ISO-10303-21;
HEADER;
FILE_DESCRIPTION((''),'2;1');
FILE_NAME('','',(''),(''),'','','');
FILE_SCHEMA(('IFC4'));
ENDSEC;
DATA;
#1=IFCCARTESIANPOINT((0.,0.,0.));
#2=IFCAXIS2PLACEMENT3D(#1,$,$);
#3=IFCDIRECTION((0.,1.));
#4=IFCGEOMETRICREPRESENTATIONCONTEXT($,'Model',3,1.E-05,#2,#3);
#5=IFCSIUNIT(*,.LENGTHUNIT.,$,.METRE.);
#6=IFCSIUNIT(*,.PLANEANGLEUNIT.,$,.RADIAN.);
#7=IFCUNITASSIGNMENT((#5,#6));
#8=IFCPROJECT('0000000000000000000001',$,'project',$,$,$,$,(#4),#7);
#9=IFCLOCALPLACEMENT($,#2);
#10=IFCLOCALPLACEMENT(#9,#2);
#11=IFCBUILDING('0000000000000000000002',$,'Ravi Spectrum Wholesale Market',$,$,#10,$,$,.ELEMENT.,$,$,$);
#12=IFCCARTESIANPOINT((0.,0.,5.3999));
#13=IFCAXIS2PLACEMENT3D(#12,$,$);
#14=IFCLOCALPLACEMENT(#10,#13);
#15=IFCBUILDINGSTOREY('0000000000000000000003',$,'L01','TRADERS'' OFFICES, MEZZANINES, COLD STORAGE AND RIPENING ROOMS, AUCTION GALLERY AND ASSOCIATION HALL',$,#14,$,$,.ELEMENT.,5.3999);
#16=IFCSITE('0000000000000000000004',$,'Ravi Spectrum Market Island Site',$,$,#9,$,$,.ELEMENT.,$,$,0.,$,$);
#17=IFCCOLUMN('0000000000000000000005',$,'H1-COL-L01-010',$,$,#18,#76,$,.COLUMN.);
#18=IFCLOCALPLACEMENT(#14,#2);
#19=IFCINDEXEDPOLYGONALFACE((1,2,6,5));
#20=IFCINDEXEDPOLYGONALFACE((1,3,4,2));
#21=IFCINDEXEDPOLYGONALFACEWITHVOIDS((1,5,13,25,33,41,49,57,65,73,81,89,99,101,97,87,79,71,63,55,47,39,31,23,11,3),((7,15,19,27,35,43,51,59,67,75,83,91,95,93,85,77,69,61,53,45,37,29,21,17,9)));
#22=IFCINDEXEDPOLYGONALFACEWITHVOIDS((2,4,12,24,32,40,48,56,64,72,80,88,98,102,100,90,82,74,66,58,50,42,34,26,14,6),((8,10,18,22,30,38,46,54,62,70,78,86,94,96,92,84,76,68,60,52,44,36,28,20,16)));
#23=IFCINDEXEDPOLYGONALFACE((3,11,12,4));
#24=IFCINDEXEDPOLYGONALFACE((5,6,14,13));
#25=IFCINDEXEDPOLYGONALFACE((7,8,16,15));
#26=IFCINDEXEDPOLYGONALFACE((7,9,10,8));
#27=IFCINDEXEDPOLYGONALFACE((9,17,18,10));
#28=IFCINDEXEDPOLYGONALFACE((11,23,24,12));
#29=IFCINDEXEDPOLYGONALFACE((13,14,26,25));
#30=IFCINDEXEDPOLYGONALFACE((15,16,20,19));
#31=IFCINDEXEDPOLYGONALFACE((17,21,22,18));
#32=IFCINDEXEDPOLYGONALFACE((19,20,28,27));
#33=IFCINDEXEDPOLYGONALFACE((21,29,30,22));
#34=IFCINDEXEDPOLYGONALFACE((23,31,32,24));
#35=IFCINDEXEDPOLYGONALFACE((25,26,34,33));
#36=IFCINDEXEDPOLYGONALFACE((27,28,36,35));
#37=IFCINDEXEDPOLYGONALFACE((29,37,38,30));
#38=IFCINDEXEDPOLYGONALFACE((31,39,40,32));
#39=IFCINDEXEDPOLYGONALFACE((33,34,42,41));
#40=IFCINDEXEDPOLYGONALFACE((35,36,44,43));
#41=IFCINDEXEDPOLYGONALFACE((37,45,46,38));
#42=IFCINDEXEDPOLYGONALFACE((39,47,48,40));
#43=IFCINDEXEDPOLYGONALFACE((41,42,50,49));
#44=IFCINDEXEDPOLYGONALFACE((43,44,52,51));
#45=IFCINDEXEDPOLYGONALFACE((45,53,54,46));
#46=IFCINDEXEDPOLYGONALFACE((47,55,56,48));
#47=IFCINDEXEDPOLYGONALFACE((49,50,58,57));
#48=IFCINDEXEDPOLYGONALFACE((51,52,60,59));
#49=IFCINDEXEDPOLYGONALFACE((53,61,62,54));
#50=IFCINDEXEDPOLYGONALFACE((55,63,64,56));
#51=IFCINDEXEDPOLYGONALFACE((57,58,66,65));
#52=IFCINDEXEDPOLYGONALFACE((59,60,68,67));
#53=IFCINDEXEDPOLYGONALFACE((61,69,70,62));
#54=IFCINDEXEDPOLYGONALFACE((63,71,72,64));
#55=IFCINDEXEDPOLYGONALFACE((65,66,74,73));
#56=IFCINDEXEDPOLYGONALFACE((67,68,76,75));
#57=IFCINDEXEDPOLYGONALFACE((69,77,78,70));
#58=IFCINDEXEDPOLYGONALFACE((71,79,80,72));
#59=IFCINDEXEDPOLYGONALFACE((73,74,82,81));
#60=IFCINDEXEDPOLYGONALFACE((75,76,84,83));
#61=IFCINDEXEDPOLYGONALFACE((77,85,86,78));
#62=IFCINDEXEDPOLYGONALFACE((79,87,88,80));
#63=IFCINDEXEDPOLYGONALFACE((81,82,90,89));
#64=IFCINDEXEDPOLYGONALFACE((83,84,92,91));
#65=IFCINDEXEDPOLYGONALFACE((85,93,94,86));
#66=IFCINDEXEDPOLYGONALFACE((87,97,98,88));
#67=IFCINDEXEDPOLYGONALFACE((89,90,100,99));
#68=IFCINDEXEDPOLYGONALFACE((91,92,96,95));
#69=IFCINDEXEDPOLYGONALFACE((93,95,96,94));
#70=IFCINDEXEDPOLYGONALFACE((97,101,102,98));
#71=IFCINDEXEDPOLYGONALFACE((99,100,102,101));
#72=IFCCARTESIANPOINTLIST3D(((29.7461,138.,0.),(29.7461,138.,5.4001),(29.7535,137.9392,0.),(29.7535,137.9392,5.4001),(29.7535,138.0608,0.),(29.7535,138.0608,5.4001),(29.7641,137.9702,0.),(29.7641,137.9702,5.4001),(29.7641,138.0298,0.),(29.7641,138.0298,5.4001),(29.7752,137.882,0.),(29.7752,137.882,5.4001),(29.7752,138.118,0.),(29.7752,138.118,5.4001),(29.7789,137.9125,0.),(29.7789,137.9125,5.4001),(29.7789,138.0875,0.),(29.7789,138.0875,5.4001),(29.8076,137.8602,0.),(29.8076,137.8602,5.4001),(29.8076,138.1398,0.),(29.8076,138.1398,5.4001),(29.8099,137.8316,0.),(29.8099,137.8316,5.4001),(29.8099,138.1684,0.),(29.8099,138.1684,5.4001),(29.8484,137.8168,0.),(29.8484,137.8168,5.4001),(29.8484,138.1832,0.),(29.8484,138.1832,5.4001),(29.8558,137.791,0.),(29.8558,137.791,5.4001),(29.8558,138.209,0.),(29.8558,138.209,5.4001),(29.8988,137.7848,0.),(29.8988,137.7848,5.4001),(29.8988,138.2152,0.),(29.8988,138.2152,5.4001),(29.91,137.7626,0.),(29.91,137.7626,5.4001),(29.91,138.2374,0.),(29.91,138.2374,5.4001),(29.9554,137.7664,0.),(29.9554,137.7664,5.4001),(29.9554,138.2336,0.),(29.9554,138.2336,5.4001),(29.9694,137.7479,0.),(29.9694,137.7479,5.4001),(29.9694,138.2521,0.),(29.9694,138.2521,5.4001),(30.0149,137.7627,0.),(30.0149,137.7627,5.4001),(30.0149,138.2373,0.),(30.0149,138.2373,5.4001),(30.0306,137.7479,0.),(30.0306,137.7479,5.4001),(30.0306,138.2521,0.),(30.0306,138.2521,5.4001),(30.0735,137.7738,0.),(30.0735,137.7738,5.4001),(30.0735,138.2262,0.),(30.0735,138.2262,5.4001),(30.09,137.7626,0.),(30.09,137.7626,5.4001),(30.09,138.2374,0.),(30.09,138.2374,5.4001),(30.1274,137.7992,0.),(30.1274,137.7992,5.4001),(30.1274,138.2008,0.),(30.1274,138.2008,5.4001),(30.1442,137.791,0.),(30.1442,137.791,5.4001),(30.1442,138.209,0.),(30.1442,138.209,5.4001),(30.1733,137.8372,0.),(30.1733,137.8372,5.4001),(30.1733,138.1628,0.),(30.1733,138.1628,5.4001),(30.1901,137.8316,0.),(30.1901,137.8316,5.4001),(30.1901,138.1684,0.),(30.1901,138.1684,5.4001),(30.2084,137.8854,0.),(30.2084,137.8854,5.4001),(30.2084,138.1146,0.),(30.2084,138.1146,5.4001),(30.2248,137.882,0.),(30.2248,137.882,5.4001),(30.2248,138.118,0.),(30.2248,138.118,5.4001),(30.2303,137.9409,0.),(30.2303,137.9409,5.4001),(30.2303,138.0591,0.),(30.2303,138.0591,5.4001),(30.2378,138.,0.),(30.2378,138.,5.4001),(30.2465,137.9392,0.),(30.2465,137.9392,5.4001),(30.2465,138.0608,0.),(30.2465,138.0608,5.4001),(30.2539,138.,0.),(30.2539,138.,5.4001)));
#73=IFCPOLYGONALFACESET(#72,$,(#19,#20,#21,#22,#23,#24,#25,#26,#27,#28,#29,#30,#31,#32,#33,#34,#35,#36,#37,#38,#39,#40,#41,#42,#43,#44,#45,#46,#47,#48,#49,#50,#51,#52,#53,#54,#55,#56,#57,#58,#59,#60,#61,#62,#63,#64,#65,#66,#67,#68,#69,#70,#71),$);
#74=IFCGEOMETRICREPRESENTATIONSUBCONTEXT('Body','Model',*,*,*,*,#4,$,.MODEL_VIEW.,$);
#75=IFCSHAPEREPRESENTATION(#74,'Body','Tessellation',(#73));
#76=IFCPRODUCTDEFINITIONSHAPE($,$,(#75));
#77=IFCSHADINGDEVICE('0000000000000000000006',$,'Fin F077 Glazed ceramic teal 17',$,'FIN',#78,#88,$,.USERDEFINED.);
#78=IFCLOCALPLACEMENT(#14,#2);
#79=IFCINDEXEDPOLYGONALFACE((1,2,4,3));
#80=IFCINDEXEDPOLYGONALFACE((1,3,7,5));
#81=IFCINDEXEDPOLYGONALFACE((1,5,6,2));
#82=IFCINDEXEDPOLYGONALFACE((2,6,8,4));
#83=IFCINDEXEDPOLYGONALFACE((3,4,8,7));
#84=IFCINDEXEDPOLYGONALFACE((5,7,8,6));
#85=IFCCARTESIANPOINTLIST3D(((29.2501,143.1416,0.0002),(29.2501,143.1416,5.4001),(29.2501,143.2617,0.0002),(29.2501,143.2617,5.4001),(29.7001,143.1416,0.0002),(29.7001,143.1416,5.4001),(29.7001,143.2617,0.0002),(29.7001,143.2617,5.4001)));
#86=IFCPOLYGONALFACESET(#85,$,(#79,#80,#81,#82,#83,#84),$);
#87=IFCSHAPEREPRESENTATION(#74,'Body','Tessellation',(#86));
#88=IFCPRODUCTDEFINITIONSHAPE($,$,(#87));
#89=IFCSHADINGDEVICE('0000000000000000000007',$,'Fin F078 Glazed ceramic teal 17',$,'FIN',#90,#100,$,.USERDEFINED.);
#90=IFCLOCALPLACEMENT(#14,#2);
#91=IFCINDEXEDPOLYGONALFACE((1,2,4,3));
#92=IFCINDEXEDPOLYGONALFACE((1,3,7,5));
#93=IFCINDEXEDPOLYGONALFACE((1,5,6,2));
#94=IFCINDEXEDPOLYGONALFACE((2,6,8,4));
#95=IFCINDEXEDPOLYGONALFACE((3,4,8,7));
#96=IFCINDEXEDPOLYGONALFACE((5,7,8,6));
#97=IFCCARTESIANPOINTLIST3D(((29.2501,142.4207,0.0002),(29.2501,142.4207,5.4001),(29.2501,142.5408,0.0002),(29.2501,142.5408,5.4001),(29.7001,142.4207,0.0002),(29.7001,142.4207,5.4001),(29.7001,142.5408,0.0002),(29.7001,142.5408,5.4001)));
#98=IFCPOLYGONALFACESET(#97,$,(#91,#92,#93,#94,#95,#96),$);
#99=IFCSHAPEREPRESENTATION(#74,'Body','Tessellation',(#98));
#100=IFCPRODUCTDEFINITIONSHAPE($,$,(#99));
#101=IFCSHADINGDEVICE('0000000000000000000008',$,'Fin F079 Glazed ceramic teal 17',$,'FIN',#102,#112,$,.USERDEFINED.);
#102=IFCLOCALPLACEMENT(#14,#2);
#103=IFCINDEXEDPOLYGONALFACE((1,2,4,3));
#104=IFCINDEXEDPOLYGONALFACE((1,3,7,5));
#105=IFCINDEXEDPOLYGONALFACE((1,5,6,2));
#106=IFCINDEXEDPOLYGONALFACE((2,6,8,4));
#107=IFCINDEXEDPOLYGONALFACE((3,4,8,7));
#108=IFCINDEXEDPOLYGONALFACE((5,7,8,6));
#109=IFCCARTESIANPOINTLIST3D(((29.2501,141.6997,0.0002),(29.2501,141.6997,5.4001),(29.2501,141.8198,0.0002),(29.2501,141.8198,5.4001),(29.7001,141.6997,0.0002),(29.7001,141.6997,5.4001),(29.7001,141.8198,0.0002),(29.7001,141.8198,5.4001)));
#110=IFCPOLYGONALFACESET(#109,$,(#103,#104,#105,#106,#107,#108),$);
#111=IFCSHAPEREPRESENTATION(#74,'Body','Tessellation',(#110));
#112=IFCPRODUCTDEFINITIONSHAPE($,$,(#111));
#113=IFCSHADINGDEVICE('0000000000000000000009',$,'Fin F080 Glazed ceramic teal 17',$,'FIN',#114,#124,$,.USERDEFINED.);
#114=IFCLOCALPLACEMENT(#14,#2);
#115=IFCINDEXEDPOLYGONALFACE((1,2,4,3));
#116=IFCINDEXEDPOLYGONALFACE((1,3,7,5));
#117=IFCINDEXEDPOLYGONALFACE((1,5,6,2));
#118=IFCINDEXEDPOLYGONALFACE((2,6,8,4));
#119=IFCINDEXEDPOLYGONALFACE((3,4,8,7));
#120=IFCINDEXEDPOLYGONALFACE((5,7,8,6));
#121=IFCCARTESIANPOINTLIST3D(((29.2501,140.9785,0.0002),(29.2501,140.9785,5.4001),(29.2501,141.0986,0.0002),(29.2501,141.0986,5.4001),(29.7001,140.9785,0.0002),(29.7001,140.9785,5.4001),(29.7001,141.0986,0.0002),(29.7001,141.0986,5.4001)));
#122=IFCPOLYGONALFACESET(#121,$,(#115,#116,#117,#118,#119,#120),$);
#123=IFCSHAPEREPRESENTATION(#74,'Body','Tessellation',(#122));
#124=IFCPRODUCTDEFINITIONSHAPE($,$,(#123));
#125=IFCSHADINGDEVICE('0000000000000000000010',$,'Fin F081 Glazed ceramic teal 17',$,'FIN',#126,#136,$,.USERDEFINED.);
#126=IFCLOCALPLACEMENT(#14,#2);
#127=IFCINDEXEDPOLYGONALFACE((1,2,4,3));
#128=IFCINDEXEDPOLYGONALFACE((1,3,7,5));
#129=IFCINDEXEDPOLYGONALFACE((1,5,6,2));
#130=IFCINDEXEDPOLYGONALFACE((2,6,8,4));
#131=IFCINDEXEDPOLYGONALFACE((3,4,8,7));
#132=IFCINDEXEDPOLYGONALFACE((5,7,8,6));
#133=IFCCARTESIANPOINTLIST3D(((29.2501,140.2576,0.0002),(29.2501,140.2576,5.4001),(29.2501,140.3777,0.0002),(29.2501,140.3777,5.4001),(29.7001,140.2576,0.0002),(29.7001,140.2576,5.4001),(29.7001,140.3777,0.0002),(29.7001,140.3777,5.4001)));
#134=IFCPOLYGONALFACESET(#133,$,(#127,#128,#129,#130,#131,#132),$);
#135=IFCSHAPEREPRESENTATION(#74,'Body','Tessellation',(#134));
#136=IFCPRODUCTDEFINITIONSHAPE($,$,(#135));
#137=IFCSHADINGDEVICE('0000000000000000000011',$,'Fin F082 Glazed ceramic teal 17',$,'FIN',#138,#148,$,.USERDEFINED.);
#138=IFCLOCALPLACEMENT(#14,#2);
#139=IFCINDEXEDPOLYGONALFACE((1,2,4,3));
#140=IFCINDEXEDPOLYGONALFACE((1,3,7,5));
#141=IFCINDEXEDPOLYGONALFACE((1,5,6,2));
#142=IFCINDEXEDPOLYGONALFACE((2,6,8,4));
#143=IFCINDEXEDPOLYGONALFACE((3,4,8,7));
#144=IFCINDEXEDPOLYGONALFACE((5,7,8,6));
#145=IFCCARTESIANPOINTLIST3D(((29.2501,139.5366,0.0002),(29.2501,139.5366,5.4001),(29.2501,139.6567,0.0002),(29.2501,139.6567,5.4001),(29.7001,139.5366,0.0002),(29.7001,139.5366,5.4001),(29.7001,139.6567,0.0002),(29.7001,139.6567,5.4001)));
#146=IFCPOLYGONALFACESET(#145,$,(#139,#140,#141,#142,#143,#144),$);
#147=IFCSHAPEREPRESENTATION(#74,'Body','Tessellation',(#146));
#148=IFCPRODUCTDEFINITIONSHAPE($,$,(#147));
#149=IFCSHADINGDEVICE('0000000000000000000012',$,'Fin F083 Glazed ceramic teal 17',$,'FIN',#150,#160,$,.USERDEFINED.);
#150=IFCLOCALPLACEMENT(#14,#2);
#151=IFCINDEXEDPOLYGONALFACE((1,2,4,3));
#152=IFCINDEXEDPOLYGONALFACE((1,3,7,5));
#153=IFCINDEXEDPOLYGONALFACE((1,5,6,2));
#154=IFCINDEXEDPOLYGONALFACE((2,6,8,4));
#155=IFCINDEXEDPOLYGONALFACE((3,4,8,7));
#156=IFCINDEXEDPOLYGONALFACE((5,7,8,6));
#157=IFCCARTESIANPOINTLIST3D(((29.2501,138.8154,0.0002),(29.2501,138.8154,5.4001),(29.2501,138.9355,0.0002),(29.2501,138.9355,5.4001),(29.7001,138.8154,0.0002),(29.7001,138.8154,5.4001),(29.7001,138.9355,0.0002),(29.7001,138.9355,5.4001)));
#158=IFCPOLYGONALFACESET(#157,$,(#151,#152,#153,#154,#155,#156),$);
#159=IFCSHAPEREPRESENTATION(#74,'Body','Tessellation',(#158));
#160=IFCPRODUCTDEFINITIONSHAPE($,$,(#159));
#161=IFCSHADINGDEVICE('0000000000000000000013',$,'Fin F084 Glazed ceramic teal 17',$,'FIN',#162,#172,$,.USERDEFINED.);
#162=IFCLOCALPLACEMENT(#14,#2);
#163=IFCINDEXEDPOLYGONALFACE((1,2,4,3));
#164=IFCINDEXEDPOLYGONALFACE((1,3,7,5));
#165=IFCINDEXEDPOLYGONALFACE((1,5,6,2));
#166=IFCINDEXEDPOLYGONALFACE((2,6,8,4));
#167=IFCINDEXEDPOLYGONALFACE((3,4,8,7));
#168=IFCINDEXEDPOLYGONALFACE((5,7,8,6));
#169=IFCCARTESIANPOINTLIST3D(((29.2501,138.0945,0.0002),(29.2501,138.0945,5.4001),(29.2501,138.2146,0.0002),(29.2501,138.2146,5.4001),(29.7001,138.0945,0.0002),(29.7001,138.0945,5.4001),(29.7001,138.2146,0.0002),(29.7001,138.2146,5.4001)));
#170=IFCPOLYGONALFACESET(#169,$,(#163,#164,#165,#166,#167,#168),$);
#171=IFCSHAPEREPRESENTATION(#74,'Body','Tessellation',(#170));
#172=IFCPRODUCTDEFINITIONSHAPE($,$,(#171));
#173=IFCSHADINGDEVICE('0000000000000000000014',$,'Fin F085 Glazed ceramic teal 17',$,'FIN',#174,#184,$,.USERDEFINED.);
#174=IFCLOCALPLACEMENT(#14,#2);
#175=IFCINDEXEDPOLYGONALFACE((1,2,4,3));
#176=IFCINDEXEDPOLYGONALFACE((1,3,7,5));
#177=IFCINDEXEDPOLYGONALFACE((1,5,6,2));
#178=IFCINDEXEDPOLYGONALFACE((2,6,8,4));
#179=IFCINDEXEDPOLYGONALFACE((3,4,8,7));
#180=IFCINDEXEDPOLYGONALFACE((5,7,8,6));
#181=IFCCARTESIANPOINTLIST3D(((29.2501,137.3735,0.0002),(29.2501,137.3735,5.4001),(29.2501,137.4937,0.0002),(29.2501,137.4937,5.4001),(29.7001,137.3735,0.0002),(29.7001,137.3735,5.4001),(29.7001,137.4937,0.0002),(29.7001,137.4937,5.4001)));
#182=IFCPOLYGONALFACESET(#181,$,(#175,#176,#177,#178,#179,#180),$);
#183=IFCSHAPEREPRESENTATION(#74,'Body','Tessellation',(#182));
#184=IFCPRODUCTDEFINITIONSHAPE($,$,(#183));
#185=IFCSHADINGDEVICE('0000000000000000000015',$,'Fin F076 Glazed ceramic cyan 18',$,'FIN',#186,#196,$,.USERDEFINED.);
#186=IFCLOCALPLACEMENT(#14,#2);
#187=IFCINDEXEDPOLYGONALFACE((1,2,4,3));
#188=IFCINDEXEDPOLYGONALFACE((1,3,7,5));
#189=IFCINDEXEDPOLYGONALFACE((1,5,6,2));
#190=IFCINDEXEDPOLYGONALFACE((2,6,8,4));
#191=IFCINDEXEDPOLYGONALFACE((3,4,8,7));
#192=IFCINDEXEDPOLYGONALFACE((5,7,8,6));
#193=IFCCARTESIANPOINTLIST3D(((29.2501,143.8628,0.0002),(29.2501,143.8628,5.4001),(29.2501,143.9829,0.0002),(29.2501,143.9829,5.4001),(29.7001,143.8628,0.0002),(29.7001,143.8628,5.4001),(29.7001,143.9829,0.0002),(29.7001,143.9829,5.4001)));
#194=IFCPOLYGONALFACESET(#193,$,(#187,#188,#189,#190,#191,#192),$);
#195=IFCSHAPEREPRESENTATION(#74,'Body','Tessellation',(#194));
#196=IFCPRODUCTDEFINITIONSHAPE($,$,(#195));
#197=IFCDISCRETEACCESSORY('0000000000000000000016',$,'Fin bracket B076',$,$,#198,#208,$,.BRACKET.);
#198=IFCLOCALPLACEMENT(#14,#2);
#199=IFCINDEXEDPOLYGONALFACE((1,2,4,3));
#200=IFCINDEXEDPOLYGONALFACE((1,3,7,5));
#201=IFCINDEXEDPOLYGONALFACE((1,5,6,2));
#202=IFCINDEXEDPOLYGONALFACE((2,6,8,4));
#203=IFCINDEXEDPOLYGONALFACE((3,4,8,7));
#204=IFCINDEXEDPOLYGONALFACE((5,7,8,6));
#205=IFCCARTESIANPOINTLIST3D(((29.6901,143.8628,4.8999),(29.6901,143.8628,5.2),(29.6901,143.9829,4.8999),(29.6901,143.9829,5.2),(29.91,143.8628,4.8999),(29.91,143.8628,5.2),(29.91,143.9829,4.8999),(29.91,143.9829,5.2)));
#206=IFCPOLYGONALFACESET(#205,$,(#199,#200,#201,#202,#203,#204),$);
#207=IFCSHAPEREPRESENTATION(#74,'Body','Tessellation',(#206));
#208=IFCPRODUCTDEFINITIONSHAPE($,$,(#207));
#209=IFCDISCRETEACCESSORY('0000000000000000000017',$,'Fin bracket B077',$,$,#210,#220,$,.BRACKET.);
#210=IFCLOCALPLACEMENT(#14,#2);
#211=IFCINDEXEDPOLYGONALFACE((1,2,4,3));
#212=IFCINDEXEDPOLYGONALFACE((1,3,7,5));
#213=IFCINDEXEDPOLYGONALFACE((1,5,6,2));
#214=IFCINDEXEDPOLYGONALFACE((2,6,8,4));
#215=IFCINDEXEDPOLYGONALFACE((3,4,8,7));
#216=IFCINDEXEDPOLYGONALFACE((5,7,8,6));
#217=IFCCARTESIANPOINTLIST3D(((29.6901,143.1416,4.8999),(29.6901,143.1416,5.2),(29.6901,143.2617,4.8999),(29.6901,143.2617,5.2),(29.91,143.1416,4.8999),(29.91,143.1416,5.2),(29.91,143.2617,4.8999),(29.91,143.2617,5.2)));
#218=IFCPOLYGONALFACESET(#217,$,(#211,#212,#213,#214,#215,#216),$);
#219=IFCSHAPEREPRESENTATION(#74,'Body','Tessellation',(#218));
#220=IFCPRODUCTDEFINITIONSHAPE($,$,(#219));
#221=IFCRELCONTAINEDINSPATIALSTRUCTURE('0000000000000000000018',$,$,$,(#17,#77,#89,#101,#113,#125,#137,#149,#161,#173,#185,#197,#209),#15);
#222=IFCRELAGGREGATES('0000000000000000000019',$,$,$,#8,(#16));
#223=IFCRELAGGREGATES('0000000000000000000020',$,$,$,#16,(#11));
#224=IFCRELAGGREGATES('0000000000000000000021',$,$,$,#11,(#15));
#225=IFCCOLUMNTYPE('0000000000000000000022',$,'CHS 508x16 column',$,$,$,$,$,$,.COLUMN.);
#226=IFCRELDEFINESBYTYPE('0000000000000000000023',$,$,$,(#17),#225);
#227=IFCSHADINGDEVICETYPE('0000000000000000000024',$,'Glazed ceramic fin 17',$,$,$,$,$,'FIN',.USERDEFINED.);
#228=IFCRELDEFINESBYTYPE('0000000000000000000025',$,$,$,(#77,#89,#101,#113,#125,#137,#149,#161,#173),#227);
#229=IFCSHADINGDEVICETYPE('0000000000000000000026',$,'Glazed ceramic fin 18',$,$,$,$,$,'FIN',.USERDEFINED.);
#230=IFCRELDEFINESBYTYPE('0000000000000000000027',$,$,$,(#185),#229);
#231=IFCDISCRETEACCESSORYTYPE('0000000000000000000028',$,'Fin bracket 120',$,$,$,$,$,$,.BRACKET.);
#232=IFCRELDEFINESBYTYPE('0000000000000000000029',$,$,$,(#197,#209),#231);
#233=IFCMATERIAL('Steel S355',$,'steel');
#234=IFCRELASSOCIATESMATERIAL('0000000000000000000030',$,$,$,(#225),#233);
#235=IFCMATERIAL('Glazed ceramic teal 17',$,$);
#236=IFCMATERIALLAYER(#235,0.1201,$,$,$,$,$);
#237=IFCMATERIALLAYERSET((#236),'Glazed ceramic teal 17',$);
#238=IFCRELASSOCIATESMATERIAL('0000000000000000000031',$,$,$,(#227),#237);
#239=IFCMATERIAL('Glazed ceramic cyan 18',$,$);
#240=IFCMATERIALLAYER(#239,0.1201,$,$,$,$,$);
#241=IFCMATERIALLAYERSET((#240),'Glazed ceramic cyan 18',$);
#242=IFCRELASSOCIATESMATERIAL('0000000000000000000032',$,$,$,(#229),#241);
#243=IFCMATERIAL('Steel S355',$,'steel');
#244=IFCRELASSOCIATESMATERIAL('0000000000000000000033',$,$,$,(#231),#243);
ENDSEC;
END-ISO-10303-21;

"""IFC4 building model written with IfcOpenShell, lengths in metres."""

from ifc_helpers import new_model, si_unit, direction, frame, origin, origin_2d, place, context, subcontext, project, spatial, rectangle, hollow_circle, extrude, material, layer, layer_set, material_profile, profile_set, type_object, element, save


model = new_model("IFC4")

# Units and contexts
model_context = context("Model", 3, precision=1e-05, world=origin(), true_north=direction((0.0, 1.0)))
body_context = subcontext(model_context, "Body", "Model", "MODEL_VIEW")
ifc_project = project(units=[si_unit("LENGTHUNIT", "METRE"), si_unit("PLANEANGLEUNIT", "RADIAN")], contexts=[model_context])

# Site, building, storey
site_placement = place(None, origin())
site = spatial("IfcSite", under=ifc_project, at=site_placement, Name="Ravi Spectrum Market Island Site", CompositionType="ELEMENT", RefElevation=0.0)
building_placement = place(site_placement, origin())
building = spatial("IfcBuilding", under=site, at=building_placement, Name="Ravi Spectrum Wholesale Market", CompositionType="ELEMENT")
storey_placement = place(building_placement, frame((0.0, 0.0, 5.3999)))
storey = spatial("IfcBuildingStorey", under=building, at=storey_placement, Name="L01", Description="TRADERS' OFFICES, MEZZANINES, COLD STORAGE AND RIPENING ROOMS, AUCTION GALLERY AND ASSOCIATION HALL", CompositionType="ELEMENT", Elevation=5.3999)

# Column
ifc_material_1 = material(Name="Steel S355", Category="steel")
ifc_material_profile = material_profile(ifc_material_1, hollow_circle(Radius=0.2539, WallThickness=0.0161, at=origin_2d()))
ifc_profile_set = profile_set([ifc_material_profile], Name="Steel S355")
column_type = type_object("IfcColumnType", Name="CHS 508x16 column", PredefinedType="COLUMN", material=ifc_profile_set)
column_placement = place(storey_placement, frame((30.0, 138.0, 0.0), z_axis=(0.0, 0.0, 1.0), x_axis=(1.0, 0.0, 0.0)))
element("IfcColumn", 1, at=column_placement, inside=storey, type_object=column_type, Name="H1-COL-L01-010", PredefinedType="COLUMN", context=body_context, shape_type="SweptSolid", body=[
    extrude(hollow_circle(Radius=0.2539, WallThickness=0.0161, at=origin_2d()), origin(), (0.0, 0.0, 1.0), 5.4001),
])

# Shading devices
ifc_material_2 = material(Name="Glazed ceramic teal 17")
ifc_layer_1 = layer(ifc_material_2, 0.1201)
ifc_layer_set_1 = layer_set([ifc_layer_1], Name="Glazed ceramic teal 17")
shading_device_type_1 = type_object("IfcShadingDeviceType", Name="Glazed ceramic fin 17", ElementType="FIN", PredefinedType="USERDEFINED", material=ifc_layer_set_1)
for number, where, z_axis, x_axis, name in (
    (2, (29.4751, 143.2017, 0.0002), (0.0, 0.0, 1.0), (0.0, -1.0, 0.0), "Fin F077 Glazed ceramic teal 17"),
    (3, (29.4751, 142.4807, 0.0002), (0.0, 0.0, 1.0), (0.0, -1.0, 0.0), "Fin F078 Glazed ceramic teal 17"),
    (4, (29.4751, 141.7598, 0.0002), (0.0, 0.0, 1.0), (0.0, -1.0, 0.0), "Fin F079 Glazed ceramic teal 17"),
    (5, (29.4751, 141.0386, 0.0002), (0.0, 0.0, 1.0), (0.0, -1.0, 0.0), "Fin F080 Glazed ceramic teal 17"),
    (6, (29.4751, 140.3176, 0.0002), (0.0, 0.0, 1.0), (0.0, -1.0, 0.0), "Fin F081 Glazed ceramic teal 17"),
    (7, (29.4751, 139.5967, 0.0002), (0.0, 0.0, 1.0), (0.0, -1.0, 0.0), "Fin F082 Glazed ceramic teal 17"),
    (8, (29.4751, 138.8755, 0.0002), (0.0, 0.0, 1.0), (0.0, -1.0, 0.0), "Fin F083 Glazed ceramic teal 17"),
    (9, (29.4751, 138.1545, 0.0002), (0.0, 0.0, 1.0), (0.0, -1.0, 0.0), "Fin F084 Glazed ceramic teal 17"),
    (10, (29.4751, 137.4336, 0.0002), (0.0, 0.0, 1.0), (0.0, -1.0, 0.0), "Fin F085 Glazed ceramic teal 17"),
):
    element("IfcShadingDevice", number, at=place(storey_placement, frame(where, z_axis=z_axis, x_axis=x_axis)), inside=storey, type_object=shading_device_type_1, Name=name, ObjectType="FIN", PredefinedType="USERDEFINED", context=body_context, shape_type="SweptSolid", body=[
        extrude(rectangle(XDim=0.1201, YDim=0.45, at=origin_2d()), origin(), (0.0, 0.0, 1.0), 5.3999),
    ])
ifc_material_3 = material(Name="Glazed ceramic cyan 18")
ifc_layer_2 = layer(ifc_material_3, 0.1201)
ifc_layer_set_2 = layer_set([ifc_layer_2], Name="Glazed ceramic cyan 18")
shading_device_type_2 = type_object("IfcShadingDeviceType", Name="Glazed ceramic fin 18", ElementType="FIN", PredefinedType="USERDEFINED", material=ifc_layer_set_2)
shading_device_placement = place(storey_placement, frame((29.4751, 143.9229, 0.0002), z_axis=(0.0, 0.0, 1.0), x_axis=(0.0, -1.0, 0.0)))
element("IfcShadingDevice", 11, at=shading_device_placement, inside=storey, type_object=shading_device_type_2, Name="Fin F076 Glazed ceramic cyan 18", ObjectType="FIN", PredefinedType="USERDEFINED", context=body_context, shape_type="SweptSolid", body=[
    extrude(rectangle(XDim=0.1201, YDim=0.45, at=origin_2d()), origin(), (0.0, 0.0, 1.0), 5.3999),
])

# Discrete accessories
ifc_material_4 = material(Name="Steel S355", Category="steel")
discrete_accessory_type = type_object("IfcDiscreteAccessoryType", Name="Fin bracket 120", PredefinedType="BRACKET", material=ifc_material_4)
for number, where, z_axis, x_axis, name in (
    (12, (29.8, 143.9229, 4.8999), (0.0, 0.0, 1.0), (0.0, -1.0, 0.0), "Fin bracket B076"),
    (13, (29.8, 143.2017, 4.8999), (0.0, 0.0, 1.0), (0.0, -1.0, 0.0), "Fin bracket B077"),
):
    element("IfcDiscreteAccessory", number, at=place(storey_placement, frame(where, z_axis=z_axis, x_axis=x_axis)), inside=storey, type_object=discrete_accessory_type, Name=name, PredefinedType="BRACKET", context=body_context, shape_type="SweptSolid", body=[
        extrude(rectangle(XDim=0.1201, YDim=0.22, at=origin_2d()), origin(), (0.0, 0.0, 1.0), 0.3),
    ])

save(model, "model.ifc")
